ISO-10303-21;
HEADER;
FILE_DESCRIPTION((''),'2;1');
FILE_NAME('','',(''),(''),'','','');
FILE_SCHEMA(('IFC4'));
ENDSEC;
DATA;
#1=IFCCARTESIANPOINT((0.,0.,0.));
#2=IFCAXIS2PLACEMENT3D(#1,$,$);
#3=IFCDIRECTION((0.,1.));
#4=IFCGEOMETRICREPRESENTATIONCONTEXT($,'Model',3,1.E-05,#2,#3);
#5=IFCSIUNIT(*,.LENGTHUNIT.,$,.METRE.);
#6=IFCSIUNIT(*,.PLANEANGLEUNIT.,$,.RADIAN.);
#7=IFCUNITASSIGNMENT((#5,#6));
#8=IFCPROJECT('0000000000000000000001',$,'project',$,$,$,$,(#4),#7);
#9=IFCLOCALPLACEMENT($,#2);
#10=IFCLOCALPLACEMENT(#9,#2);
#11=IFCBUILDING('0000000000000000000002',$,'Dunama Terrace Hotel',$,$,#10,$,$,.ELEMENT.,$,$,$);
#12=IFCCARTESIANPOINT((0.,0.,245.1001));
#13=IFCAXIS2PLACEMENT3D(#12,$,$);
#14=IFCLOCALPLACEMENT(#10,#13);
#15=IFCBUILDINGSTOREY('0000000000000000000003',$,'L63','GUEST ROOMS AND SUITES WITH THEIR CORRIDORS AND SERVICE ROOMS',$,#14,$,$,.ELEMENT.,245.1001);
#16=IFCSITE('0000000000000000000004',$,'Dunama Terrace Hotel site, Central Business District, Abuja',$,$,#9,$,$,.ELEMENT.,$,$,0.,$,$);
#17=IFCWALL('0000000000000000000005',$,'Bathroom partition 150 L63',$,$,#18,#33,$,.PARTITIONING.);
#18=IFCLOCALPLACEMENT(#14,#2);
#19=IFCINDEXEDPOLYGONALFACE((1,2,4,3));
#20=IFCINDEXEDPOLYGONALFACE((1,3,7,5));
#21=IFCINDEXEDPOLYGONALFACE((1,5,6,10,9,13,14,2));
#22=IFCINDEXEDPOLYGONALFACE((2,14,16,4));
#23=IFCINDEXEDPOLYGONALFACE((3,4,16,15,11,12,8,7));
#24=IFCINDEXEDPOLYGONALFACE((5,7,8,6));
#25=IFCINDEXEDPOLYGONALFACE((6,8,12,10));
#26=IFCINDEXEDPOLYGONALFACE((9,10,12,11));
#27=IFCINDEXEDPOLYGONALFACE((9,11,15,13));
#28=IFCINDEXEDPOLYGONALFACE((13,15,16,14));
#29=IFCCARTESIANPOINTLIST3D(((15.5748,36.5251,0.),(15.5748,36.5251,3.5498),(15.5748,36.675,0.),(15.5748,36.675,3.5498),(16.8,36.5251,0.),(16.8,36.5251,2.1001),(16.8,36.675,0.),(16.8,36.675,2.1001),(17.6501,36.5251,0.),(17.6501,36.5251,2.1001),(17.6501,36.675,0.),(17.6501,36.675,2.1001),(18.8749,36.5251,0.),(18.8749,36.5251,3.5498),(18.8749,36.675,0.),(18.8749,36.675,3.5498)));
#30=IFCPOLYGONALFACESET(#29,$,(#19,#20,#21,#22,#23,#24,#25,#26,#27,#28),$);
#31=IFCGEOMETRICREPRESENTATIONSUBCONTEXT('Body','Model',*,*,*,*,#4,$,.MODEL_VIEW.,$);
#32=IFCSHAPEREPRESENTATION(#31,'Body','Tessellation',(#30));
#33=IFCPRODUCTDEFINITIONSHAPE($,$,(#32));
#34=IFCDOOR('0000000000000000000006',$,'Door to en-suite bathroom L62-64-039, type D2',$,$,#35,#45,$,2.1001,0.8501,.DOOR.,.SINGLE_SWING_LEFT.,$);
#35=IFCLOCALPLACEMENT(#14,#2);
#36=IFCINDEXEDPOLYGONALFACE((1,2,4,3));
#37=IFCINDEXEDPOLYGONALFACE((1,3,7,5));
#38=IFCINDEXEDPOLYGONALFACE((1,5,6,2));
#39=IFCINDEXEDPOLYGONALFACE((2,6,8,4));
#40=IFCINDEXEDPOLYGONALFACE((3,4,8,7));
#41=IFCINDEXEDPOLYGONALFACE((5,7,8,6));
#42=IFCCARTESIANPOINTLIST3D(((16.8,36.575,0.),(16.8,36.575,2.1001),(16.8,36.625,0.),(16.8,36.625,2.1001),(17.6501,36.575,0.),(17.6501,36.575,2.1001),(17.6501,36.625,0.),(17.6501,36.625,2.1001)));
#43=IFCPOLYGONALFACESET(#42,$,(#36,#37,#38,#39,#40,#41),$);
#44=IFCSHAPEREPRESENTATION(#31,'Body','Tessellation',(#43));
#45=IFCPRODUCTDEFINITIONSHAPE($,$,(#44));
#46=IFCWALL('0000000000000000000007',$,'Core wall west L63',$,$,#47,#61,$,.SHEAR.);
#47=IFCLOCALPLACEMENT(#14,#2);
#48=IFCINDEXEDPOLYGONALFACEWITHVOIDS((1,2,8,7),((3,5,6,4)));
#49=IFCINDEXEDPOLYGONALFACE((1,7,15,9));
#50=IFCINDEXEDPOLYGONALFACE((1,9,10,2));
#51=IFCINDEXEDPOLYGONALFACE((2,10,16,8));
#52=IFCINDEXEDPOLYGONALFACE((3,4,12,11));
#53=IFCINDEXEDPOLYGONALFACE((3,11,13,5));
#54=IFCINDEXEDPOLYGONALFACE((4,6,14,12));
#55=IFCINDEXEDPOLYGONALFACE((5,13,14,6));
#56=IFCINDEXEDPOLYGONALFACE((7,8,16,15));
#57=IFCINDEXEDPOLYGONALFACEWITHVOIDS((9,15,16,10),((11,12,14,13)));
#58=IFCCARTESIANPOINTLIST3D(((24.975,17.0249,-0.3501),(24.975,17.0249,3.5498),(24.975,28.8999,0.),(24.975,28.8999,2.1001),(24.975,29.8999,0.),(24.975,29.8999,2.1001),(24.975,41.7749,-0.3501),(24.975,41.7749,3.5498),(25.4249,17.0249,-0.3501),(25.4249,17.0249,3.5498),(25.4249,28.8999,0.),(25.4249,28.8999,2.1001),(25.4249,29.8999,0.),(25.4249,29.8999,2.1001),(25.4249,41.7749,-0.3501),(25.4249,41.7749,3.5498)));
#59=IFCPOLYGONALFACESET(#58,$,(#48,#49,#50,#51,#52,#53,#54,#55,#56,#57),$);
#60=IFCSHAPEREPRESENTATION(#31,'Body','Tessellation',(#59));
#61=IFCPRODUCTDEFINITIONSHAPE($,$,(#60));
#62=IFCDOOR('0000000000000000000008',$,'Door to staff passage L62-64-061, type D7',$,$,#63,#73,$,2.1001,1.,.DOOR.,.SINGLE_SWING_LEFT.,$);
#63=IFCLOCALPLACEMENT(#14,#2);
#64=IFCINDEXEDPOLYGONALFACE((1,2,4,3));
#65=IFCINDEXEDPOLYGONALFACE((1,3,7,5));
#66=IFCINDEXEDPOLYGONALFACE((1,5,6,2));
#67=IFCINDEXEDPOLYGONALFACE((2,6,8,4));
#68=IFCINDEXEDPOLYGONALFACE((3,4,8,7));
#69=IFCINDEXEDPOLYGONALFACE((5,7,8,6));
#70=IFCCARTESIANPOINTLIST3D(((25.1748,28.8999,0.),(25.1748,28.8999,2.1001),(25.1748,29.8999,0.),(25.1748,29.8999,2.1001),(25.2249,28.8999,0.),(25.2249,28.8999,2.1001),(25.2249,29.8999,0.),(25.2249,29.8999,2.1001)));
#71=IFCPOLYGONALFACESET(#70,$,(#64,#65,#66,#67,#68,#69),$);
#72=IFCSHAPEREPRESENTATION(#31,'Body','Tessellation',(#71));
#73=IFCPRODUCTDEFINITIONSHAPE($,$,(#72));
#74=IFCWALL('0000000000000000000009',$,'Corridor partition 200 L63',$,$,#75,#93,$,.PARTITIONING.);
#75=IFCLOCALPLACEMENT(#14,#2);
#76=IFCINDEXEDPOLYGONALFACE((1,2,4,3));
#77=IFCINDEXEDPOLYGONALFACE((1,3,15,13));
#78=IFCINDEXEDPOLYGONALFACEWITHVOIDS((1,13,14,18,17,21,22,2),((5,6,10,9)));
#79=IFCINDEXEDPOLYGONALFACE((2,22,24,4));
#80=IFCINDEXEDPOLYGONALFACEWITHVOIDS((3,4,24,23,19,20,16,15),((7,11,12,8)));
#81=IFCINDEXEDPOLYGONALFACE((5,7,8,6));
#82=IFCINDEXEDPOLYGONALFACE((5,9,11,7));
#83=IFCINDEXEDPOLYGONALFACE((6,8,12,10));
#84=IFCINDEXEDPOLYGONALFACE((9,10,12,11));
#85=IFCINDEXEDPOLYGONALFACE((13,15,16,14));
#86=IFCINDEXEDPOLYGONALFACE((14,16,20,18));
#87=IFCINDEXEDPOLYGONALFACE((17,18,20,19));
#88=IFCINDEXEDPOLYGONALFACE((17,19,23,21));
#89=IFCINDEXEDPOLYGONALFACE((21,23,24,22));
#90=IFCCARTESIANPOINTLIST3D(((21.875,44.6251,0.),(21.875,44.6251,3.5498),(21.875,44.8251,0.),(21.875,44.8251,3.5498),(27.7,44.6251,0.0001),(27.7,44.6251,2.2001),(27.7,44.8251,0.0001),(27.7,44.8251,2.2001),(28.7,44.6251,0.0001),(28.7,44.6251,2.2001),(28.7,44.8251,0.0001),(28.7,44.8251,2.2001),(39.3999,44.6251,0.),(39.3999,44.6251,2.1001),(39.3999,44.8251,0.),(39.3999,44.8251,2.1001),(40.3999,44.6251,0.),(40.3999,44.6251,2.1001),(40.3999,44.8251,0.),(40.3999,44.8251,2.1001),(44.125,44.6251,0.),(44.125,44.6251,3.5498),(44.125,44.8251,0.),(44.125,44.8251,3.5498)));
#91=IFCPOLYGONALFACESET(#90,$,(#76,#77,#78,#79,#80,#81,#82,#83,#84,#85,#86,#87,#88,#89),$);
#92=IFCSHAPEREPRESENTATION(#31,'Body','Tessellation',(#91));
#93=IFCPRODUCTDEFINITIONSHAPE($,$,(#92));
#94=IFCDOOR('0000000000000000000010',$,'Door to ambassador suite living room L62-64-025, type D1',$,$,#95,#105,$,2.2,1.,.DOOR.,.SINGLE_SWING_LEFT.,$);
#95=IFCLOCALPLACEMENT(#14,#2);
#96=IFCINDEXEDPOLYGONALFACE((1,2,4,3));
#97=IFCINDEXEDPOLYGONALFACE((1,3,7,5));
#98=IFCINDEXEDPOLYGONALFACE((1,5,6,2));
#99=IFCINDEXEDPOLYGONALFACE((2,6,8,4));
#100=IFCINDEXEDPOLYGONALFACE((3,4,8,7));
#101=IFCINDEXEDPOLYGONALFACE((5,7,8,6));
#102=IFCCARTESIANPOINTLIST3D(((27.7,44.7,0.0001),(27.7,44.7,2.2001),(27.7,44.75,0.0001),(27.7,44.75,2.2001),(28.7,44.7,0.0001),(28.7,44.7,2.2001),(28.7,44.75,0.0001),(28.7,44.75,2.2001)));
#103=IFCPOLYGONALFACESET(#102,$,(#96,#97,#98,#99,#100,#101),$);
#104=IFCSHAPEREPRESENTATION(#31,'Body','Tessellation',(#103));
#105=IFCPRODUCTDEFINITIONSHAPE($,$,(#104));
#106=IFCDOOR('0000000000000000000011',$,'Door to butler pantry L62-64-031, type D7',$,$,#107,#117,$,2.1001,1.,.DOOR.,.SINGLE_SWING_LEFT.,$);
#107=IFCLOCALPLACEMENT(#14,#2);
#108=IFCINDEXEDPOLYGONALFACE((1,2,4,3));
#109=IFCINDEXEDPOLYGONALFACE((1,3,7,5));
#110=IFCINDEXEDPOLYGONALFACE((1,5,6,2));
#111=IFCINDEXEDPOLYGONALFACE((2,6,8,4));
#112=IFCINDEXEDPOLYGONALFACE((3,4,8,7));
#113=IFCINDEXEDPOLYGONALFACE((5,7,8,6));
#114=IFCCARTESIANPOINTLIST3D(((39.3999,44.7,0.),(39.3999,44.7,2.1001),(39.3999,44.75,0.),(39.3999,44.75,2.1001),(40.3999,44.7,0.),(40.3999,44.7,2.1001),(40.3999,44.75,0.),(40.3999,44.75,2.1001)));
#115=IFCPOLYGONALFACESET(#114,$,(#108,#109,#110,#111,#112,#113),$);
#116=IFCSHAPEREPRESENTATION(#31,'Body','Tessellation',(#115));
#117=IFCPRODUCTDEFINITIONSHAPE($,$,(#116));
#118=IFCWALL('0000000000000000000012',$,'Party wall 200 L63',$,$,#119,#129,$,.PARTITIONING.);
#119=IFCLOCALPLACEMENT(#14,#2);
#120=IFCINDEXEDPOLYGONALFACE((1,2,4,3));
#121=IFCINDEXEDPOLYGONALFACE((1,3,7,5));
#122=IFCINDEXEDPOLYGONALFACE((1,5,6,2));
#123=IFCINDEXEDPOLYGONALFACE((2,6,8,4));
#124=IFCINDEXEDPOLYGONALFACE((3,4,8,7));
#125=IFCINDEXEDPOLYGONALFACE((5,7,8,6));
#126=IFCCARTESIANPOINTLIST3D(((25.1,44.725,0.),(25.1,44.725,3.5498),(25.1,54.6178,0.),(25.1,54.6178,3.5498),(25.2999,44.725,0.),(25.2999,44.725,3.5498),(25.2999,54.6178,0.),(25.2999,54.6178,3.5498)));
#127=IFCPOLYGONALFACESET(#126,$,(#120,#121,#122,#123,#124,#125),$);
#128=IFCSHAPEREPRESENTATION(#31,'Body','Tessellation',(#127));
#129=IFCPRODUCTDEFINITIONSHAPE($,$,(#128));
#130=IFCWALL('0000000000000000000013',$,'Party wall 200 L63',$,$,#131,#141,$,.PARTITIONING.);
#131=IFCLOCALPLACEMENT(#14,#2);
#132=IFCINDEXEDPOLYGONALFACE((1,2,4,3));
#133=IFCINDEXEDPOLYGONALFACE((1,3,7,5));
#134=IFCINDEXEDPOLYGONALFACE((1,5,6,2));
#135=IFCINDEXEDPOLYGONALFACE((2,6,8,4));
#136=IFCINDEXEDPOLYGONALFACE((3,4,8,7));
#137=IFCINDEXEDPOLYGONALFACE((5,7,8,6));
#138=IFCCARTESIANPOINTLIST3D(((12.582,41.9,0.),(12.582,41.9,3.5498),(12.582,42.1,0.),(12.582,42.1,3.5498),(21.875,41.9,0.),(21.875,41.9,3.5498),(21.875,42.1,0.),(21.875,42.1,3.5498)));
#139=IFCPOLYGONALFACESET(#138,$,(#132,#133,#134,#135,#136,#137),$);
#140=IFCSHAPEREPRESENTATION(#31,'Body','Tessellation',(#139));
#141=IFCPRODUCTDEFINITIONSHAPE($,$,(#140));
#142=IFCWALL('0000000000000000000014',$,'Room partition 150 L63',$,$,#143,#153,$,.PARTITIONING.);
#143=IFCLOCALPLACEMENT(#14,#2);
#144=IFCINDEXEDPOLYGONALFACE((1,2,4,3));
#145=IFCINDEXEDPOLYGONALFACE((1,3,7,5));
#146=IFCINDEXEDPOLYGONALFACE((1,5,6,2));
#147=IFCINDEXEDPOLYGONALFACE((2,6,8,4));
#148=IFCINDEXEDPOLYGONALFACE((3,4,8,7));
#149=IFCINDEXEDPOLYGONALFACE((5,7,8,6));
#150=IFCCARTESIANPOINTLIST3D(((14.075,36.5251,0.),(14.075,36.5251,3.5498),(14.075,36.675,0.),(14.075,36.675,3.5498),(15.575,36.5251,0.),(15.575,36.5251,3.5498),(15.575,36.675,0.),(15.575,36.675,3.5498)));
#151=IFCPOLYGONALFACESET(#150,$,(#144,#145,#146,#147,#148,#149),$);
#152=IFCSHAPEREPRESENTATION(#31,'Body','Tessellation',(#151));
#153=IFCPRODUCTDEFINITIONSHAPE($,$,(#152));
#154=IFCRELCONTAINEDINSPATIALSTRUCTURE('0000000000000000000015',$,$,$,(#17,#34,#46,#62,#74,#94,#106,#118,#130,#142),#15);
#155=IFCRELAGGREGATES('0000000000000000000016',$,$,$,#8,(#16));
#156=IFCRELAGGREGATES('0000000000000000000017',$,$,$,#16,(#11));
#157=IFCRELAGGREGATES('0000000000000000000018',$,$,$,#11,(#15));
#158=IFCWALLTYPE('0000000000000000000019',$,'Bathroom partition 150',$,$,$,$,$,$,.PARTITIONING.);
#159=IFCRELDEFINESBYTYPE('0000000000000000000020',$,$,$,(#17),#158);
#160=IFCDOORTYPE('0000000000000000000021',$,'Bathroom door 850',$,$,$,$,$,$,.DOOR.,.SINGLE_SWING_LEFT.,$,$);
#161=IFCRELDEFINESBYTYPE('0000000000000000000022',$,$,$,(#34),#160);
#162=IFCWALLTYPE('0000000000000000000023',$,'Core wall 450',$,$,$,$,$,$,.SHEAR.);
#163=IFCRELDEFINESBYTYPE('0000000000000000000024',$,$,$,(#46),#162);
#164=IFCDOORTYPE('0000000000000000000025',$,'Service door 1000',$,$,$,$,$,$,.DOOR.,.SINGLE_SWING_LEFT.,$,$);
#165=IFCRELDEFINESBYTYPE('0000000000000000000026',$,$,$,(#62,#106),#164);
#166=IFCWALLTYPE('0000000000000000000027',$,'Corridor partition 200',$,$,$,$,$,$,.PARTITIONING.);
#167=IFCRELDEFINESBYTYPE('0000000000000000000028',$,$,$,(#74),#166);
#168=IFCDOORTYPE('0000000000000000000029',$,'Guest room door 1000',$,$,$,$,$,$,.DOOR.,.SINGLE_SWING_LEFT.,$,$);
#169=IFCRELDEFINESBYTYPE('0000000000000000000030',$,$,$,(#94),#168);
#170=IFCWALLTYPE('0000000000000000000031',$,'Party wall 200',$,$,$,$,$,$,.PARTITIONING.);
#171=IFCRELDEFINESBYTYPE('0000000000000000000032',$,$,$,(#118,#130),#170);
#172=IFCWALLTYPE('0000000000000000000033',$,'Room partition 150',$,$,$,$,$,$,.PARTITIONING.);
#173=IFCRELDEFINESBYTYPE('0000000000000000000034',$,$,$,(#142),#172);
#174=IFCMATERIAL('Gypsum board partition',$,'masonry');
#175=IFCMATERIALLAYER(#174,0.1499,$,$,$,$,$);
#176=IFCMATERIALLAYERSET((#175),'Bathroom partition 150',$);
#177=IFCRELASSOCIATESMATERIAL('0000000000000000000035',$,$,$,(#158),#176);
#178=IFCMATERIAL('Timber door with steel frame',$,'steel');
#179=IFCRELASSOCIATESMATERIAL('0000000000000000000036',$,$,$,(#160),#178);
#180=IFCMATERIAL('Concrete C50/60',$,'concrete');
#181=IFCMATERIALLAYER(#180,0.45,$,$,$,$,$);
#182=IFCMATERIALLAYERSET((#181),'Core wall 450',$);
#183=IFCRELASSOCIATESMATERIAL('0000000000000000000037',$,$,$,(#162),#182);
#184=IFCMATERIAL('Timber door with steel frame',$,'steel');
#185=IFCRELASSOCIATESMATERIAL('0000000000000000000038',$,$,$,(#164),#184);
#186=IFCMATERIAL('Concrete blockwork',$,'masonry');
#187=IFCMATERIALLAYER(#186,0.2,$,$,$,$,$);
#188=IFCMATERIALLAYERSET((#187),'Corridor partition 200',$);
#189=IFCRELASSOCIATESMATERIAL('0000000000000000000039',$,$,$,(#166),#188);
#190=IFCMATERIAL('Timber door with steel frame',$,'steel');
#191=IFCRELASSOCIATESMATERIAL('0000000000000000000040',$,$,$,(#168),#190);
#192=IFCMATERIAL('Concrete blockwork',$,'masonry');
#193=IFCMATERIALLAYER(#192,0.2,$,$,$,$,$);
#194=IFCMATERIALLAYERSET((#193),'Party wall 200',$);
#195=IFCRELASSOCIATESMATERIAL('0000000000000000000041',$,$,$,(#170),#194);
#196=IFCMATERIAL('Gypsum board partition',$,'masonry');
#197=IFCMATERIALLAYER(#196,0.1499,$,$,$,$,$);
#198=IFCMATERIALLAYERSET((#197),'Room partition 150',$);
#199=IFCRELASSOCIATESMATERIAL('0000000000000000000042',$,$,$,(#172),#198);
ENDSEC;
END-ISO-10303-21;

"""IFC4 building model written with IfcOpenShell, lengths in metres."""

from ifc_helpers import new_model, si_unit, direction, frame, frame_2d, origin, place, context, subcontext, project, spatial, rectangle, extrude, material, layer, layer_set, type_object, element, fill, save


model = new_model("IFC4")

# Units and contexts
model_context = context("Model", 3, precision=1e-05, world=origin(), true_north=direction((0.0, 1.0)))
body_context = subcontext(model_context, "Body", "Model", "MODEL_VIEW")
ifc_project = project(units=[si_unit("LENGTHUNIT", "METRE"), si_unit("PLANEANGLEUNIT", "RADIAN")], contexts=[model_context])

# Site, building, storey
site_placement = place(None, origin())
site = spatial("IfcSite", under=ifc_project, at=site_placement, Name="Dunama Terrace Hotel site, Central Business District, Abuja", CompositionType="ELEMENT", RefElevation=0.0)
building_placement = place(site_placement, origin())
building = spatial("IfcBuilding", under=site, at=building_placement, Name="Dunama Terrace Hotel", CompositionType="ELEMENT")
storey_placement = place(building_placement, frame((0.0, 0.0, 245.1001)))
storey = spatial("IfcBuildingStorey", under=building, at=storey_placement, Name="L63", Description="GUEST ROOMS AND SUITES WITH THEIR CORRIDORS AND SERVICE ROOMS", CompositionType="ELEMENT", Elevation=245.1001)

# Shared definitions
ifc_material_1 = material(Name="Gypsum board partition", Category="masonry")
ifc_layer_1 = layer(ifc_material_1, 0.1499)
ifc_layer_set_1 = layer_set([ifc_layer_1], Name="Bathroom partition 150")
wall_type_1 = type_object("IfcWallType", Name="Bathroom partition 150", PredefinedType="PARTITIONING", material=ifc_layer_set_1)

# Walls, openings, doors
wall_1_placement = place(storey_placement, frame((15.575, 36.6001, 0.0), z_axis=(0.0, 0.0, 1.0), x_axis=(1.0, 0.0, 0.0)))
wall_1 = element("IfcWall", 1, at=wall_1_placement, inside=storey, type_object=wall_type_1, Name="Bathroom partition 150 L63", PredefinedType="PARTITIONING", context=body_context, shape_type="SweptSolid", body=[
    extrude(rectangle(XDim=3.3, YDim=0.1499, at=frame_2d((1.6499, 0.0))), origin(), (0.0, 0.0, 1.0), 3.5498),
])
opening_1_placement = place(wall_1_placement, frame((1.2251, 0.0, 0.0)))
opening_1 = element("IfcOpeningElement", 2, at=opening_1_placement, cuts=wall_1, PredefinedType="OPENING", context=body_context, shape_type="SweptSolid", body=[
    extrude(rectangle(XDim=0.8501, YDim=2.1001, at=frame_2d((0.425, 1.05))), frame((0.0, 0.085, 0.0), z_axis=(0.0, -1.0, 0.0), x_axis=(1.0, 0.0, 0.0)), (0.0, 0.0, 1.0), 0.1699),
])
ifc_material_2 = material(Name="Timber door with steel frame", Category="steel")
door_type_1 = type_object("IfcDoorType", Name="Bathroom door 850", OperationType="SINGLE_SWING_LEFT", PredefinedType="DOOR", material=ifc_material_2)
door_1_placement = place(opening_1_placement, frame((0.8501, 0.0, 0.0), z_axis=(0.0, 0.0, 1.0), x_axis=(-1.0, 0.0, 0.0)))
door_1 = element("IfcDoor", 3, at=door_1_placement, inside=storey, type_object=door_type_1, Name="Door to en-suite bathroom L62-64-039, type D2", OperationType="SINGLE_SWING_LEFT", OverallHeight=2.1001, OverallWidth=0.8501, PredefinedType="DOOR", context=body_context, shape_type="SweptSolid", body=[
    extrude(rectangle(XDim=0.8501, YDim=2.1001, at=frame_2d((0.425, 1.05))), frame((0.0, 0.0251, 0.0), z_axis=(0.0, -1.0, 0.0), x_axis=(1.0, 0.0, 0.0)), (0.0, 0.0, 1.0), 0.05),
])
fill(opening_1, door_1)
ifc_material_3 = material(Name="Concrete C50/60", Category="concrete")
ifc_layer_2 = layer(ifc_material_3, 0.45)
ifc_layer_set_2 = layer_set([ifc_layer_2], Name="Core wall 450")
wall_type_2 = type_object("IfcWallType", Name="Core wall 450", PredefinedType="SHEAR", material=ifc_layer_set_2)
wall_2_placement = place(storey_placement, frame((25.2, 41.7749, -0.3501), z_axis=(0.0, 0.0, 1.0), x_axis=(0.0, -1.0, 0.0)))
wall_2 = element("IfcWall", 4, at=wall_2_placement, inside=storey, type_object=wall_type_2, Name="Core wall west L63", PredefinedType="SHEAR", context=body_context, shape_type="SweptSolid", body=[
    extrude(rectangle(XDim=24.75, YDim=0.45, at=frame_2d((12.375, 0.0))), origin(), (0.0, 0.0, 1.0), 3.8999),
])
opening_2_placement = place(wall_2_placement, frame((11.875, 0.0, 0.3501)))
opening_2 = element("IfcOpeningElement", 5, at=opening_2_placement, cuts=wall_2, PredefinedType="OPENING", context=body_context, shape_type="SweptSolid", body=[
    extrude(rectangle(XDim=1.0, YDim=2.1001, at=frame_2d((0.5, 1.05))), frame((0.0, 0.2349, 0.0), z_axis=(0.0, -1.0, 0.0), x_axis=(1.0, 0.0, 0.0)), (0.0, 0.0, 1.0), 0.47),
])
ifc_material_4 = material(Name="Timber door with steel frame", Category="steel")
door_type_2 = type_object("IfcDoorType", Name="Service door 1000", OperationType="SINGLE_SWING_LEFT", PredefinedType="DOOR", material=ifc_material_4)
door_2_placement = place(opening_2_placement, origin())
door_2 = element("IfcDoor", 6, at=door_2_placement, inside=storey, type_object=door_type_2, Name="Door to staff passage L62-64-061, type D7", OperationType="SINGLE_SWING_LEFT", OverallHeight=2.1001, OverallWidth=1.0, PredefinedType="DOOR", context=body_context, shape_type="SweptSolid", body=[
    extrude(rectangle(XDim=1.0, YDim=2.1001, at=frame_2d((0.5, 1.05))), frame((0.0, 0.0249, 0.0), z_axis=(0.0, -1.0, 0.0), x_axis=(1.0, 0.0, 0.0)), (0.0, 0.0, 1.0), 0.05),
])
fill(opening_2, door_2)

# Wall, openings, doors
ifc_material_5 = material(Name="Concrete blockwork", Category="masonry")
ifc_layer_3 = layer(ifc_material_5, 0.2)
ifc_layer_set_3 = layer_set([ifc_layer_3], Name="Corridor partition 200")
wall_type_3 = type_object("IfcWallType", Name="Corridor partition 200", PredefinedType="PARTITIONING", material=ifc_layer_set_3)
wall_3_placement = place(storey_placement, frame((21.875, 44.7251, 0.0), z_axis=(0.0, 0.0, 1.0), x_axis=(1.0, 0.0, 0.0)))
wall_3 = element("IfcWall", 7, at=wall_3_placement, inside=storey, type_object=wall_type_3, Name="Corridor partition 200 L63", PredefinedType="PARTITIONING", context=body_context, shape_type="SweptSolid", body=[
    extrude(rectangle(XDim=22.25, YDim=0.2, at=frame_2d((11.125, 0.0))), origin(), (0.0, 0.0, 1.0), 3.5498),
])
opening_3_placement = place(wall_3_placement, frame((5.825, 0.0, 0.0)))
opening_3 = element("IfcOpeningElement", 8, at=opening_3_placement, cuts=wall_3, PredefinedType="OPENING", context=body_context, shape_type="SweptSolid", body=[
    extrude(rectangle(XDim=1.0, YDim=2.2, at=frame_2d((0.5, 1.1001))), frame((0.0, 0.1099, 0.0), z_axis=(0.0, -1.0, 0.0), x_axis=(1.0, 0.0, 0.0)), (0.0, 0.0, 1.0), 0.22),
])
opening_4_placement = place(wall_3_placement, frame((17.5249, 0.0, 0.0)))
opening_4 = element("IfcOpeningElement", 9, at=opening_4_placement, cuts=wall_3, PredefinedType="OPENING", context=body_context, shape_type="SweptSolid", body=[
    extrude(rectangle(XDim=1.0, YDim=2.1001, at=frame_2d((0.5, 1.05))), frame((0.0, 0.1099, 0.0), z_axis=(0.0, -1.0, 0.0), x_axis=(1.0, 0.0, 0.0)), (0.0, 0.0, 1.0), 0.22),
])
ifc_material_6 = material(Name="Timber door with steel frame", Category="steel")
door_type_3 = type_object("IfcDoorType", Name="Guest room door 1000", OperationType="SINGLE_SWING_LEFT", PredefinedType="DOOR", material=ifc_material_6)
door_3_placement = place(opening_3_placement, origin())
door_3 = element("IfcDoor", 10, at=door_3_placement, inside=storey, type_object=door_type_3, Name="Door to ambassador suite living room L62-64-025, type D1", OperationType="SINGLE_SWING_LEFT", OverallHeight=2.2, OverallWidth=1.0, PredefinedType="DOOR", context=body_context, shape_type="SweptSolid", body=[
    extrude(rectangle(XDim=1.0, YDim=2.2, at=frame_2d((0.5, 1.1001))), frame((0.0, 0.0249, 0.0), z_axis=(0.0, -1.0, 0.0), x_axis=(1.0, 0.0, 0.0)), (0.0, 0.0, 1.0), 0.05),
])
fill(opening_3, door_3)
door_4_placement = place(opening_4_placement, origin())
door_4 = element("IfcDoor", 11, at=door_4_placement, inside=storey, type_object=door_type_2, Name="Door to butler pantry L62-64-031, type D7", OperationType="SINGLE_SWING_LEFT", OverallHeight=2.1001, OverallWidth=1.0, PredefinedType="DOOR", context=body_context, shape_type="SweptSolid", body=[
    extrude(rectangle(XDim=1.0, YDim=2.1001, at=frame_2d((0.5, 1.05))), frame((0.0, 0.0249, 0.0), z_axis=(0.0, -1.0, 0.0), x_axis=(1.0, 0.0, 0.0)), (0.0, 0.0, 1.0), 0.05),
])
fill(opening_4, door_4)

# Walls
ifc_material_7 = material(Name="Concrete blockwork", Category="masonry")
ifc_layer_4 = layer(ifc_material_7, 0.2)
ifc_layer_set_4 = layer_set([ifc_layer_4], Name="Party wall 200")
wall_type_4 = type_object("IfcWallType", Name="Party wall 200", PredefinedType="PARTITIONING", material=ifc_layer_set_4)
wall_4_placement = place(storey_placement, frame((25.2, 44.7251, 0.0), z_axis=(0.0, 0.0, 1.0), x_axis=(0.0, 1.0, 0.0)))
element("IfcWall", 12, at=wall_4_placement, inside=storey, type_object=wall_type_4, Name="Party wall 200 L63", PredefinedType="PARTITIONING", context=body_context, shape_type="SweptSolid", body=[
    extrude(rectangle(XDim=9.8928, YDim=0.2, at=frame_2d((4.9463, 0.0))), origin(), (0.0, 0.0, 1.0), 3.5498),
])
wall_5_placement = place(storey_placement, frame((12.582, 42.0, 0.0), z_axis=(0.0, 0.0, 1.0), x_axis=(1.0, 0.0, 0.0)))
element("IfcWall", 13, at=wall_5_placement, inside=storey, type_object=wall_type_4, Name="Party wall 200 L63", PredefinedType="PARTITIONING", context=body_context, shape_type="SweptSolid", body=[
    extrude(rectangle(XDim=9.293, YDim=0.2, at=frame_2d((4.6465, 0.0))), origin(), (0.0, 0.0, 1.0), 3.5498),
])
ifc_material_8 = material(Name="Gypsum board partition", Category="masonry")
ifc_layer_5 = layer(ifc_material_8, 0.1499)
ifc_layer_set_5 = layer_set([ifc_layer_5], Name="Room partition 150")
wall_type_5 = type_object("IfcWallType", Name="Room partition 150", PredefinedType="PARTITIONING", material=ifc_layer_set_5)
wall_6_placement = place(storey_placement, frame((14.075, 36.6001, 0.0), z_axis=(0.0, 0.0, 1.0), x_axis=(1.0, 0.0, 0.0)))
element("IfcWall", 14, at=wall_6_placement, inside=storey, type_object=wall_type_5, Name="Room partition 150 L63", PredefinedType="PARTITIONING", context=body_context, shape_type="SweptSolid", body=[
    extrude(rectangle(XDim=1.5, YDim=0.1499, at=frame_2d((0.75, 0.0))), origin(), (0.0, 0.0, 1.0), 3.5498),
])

save(model, "model.ifc")
